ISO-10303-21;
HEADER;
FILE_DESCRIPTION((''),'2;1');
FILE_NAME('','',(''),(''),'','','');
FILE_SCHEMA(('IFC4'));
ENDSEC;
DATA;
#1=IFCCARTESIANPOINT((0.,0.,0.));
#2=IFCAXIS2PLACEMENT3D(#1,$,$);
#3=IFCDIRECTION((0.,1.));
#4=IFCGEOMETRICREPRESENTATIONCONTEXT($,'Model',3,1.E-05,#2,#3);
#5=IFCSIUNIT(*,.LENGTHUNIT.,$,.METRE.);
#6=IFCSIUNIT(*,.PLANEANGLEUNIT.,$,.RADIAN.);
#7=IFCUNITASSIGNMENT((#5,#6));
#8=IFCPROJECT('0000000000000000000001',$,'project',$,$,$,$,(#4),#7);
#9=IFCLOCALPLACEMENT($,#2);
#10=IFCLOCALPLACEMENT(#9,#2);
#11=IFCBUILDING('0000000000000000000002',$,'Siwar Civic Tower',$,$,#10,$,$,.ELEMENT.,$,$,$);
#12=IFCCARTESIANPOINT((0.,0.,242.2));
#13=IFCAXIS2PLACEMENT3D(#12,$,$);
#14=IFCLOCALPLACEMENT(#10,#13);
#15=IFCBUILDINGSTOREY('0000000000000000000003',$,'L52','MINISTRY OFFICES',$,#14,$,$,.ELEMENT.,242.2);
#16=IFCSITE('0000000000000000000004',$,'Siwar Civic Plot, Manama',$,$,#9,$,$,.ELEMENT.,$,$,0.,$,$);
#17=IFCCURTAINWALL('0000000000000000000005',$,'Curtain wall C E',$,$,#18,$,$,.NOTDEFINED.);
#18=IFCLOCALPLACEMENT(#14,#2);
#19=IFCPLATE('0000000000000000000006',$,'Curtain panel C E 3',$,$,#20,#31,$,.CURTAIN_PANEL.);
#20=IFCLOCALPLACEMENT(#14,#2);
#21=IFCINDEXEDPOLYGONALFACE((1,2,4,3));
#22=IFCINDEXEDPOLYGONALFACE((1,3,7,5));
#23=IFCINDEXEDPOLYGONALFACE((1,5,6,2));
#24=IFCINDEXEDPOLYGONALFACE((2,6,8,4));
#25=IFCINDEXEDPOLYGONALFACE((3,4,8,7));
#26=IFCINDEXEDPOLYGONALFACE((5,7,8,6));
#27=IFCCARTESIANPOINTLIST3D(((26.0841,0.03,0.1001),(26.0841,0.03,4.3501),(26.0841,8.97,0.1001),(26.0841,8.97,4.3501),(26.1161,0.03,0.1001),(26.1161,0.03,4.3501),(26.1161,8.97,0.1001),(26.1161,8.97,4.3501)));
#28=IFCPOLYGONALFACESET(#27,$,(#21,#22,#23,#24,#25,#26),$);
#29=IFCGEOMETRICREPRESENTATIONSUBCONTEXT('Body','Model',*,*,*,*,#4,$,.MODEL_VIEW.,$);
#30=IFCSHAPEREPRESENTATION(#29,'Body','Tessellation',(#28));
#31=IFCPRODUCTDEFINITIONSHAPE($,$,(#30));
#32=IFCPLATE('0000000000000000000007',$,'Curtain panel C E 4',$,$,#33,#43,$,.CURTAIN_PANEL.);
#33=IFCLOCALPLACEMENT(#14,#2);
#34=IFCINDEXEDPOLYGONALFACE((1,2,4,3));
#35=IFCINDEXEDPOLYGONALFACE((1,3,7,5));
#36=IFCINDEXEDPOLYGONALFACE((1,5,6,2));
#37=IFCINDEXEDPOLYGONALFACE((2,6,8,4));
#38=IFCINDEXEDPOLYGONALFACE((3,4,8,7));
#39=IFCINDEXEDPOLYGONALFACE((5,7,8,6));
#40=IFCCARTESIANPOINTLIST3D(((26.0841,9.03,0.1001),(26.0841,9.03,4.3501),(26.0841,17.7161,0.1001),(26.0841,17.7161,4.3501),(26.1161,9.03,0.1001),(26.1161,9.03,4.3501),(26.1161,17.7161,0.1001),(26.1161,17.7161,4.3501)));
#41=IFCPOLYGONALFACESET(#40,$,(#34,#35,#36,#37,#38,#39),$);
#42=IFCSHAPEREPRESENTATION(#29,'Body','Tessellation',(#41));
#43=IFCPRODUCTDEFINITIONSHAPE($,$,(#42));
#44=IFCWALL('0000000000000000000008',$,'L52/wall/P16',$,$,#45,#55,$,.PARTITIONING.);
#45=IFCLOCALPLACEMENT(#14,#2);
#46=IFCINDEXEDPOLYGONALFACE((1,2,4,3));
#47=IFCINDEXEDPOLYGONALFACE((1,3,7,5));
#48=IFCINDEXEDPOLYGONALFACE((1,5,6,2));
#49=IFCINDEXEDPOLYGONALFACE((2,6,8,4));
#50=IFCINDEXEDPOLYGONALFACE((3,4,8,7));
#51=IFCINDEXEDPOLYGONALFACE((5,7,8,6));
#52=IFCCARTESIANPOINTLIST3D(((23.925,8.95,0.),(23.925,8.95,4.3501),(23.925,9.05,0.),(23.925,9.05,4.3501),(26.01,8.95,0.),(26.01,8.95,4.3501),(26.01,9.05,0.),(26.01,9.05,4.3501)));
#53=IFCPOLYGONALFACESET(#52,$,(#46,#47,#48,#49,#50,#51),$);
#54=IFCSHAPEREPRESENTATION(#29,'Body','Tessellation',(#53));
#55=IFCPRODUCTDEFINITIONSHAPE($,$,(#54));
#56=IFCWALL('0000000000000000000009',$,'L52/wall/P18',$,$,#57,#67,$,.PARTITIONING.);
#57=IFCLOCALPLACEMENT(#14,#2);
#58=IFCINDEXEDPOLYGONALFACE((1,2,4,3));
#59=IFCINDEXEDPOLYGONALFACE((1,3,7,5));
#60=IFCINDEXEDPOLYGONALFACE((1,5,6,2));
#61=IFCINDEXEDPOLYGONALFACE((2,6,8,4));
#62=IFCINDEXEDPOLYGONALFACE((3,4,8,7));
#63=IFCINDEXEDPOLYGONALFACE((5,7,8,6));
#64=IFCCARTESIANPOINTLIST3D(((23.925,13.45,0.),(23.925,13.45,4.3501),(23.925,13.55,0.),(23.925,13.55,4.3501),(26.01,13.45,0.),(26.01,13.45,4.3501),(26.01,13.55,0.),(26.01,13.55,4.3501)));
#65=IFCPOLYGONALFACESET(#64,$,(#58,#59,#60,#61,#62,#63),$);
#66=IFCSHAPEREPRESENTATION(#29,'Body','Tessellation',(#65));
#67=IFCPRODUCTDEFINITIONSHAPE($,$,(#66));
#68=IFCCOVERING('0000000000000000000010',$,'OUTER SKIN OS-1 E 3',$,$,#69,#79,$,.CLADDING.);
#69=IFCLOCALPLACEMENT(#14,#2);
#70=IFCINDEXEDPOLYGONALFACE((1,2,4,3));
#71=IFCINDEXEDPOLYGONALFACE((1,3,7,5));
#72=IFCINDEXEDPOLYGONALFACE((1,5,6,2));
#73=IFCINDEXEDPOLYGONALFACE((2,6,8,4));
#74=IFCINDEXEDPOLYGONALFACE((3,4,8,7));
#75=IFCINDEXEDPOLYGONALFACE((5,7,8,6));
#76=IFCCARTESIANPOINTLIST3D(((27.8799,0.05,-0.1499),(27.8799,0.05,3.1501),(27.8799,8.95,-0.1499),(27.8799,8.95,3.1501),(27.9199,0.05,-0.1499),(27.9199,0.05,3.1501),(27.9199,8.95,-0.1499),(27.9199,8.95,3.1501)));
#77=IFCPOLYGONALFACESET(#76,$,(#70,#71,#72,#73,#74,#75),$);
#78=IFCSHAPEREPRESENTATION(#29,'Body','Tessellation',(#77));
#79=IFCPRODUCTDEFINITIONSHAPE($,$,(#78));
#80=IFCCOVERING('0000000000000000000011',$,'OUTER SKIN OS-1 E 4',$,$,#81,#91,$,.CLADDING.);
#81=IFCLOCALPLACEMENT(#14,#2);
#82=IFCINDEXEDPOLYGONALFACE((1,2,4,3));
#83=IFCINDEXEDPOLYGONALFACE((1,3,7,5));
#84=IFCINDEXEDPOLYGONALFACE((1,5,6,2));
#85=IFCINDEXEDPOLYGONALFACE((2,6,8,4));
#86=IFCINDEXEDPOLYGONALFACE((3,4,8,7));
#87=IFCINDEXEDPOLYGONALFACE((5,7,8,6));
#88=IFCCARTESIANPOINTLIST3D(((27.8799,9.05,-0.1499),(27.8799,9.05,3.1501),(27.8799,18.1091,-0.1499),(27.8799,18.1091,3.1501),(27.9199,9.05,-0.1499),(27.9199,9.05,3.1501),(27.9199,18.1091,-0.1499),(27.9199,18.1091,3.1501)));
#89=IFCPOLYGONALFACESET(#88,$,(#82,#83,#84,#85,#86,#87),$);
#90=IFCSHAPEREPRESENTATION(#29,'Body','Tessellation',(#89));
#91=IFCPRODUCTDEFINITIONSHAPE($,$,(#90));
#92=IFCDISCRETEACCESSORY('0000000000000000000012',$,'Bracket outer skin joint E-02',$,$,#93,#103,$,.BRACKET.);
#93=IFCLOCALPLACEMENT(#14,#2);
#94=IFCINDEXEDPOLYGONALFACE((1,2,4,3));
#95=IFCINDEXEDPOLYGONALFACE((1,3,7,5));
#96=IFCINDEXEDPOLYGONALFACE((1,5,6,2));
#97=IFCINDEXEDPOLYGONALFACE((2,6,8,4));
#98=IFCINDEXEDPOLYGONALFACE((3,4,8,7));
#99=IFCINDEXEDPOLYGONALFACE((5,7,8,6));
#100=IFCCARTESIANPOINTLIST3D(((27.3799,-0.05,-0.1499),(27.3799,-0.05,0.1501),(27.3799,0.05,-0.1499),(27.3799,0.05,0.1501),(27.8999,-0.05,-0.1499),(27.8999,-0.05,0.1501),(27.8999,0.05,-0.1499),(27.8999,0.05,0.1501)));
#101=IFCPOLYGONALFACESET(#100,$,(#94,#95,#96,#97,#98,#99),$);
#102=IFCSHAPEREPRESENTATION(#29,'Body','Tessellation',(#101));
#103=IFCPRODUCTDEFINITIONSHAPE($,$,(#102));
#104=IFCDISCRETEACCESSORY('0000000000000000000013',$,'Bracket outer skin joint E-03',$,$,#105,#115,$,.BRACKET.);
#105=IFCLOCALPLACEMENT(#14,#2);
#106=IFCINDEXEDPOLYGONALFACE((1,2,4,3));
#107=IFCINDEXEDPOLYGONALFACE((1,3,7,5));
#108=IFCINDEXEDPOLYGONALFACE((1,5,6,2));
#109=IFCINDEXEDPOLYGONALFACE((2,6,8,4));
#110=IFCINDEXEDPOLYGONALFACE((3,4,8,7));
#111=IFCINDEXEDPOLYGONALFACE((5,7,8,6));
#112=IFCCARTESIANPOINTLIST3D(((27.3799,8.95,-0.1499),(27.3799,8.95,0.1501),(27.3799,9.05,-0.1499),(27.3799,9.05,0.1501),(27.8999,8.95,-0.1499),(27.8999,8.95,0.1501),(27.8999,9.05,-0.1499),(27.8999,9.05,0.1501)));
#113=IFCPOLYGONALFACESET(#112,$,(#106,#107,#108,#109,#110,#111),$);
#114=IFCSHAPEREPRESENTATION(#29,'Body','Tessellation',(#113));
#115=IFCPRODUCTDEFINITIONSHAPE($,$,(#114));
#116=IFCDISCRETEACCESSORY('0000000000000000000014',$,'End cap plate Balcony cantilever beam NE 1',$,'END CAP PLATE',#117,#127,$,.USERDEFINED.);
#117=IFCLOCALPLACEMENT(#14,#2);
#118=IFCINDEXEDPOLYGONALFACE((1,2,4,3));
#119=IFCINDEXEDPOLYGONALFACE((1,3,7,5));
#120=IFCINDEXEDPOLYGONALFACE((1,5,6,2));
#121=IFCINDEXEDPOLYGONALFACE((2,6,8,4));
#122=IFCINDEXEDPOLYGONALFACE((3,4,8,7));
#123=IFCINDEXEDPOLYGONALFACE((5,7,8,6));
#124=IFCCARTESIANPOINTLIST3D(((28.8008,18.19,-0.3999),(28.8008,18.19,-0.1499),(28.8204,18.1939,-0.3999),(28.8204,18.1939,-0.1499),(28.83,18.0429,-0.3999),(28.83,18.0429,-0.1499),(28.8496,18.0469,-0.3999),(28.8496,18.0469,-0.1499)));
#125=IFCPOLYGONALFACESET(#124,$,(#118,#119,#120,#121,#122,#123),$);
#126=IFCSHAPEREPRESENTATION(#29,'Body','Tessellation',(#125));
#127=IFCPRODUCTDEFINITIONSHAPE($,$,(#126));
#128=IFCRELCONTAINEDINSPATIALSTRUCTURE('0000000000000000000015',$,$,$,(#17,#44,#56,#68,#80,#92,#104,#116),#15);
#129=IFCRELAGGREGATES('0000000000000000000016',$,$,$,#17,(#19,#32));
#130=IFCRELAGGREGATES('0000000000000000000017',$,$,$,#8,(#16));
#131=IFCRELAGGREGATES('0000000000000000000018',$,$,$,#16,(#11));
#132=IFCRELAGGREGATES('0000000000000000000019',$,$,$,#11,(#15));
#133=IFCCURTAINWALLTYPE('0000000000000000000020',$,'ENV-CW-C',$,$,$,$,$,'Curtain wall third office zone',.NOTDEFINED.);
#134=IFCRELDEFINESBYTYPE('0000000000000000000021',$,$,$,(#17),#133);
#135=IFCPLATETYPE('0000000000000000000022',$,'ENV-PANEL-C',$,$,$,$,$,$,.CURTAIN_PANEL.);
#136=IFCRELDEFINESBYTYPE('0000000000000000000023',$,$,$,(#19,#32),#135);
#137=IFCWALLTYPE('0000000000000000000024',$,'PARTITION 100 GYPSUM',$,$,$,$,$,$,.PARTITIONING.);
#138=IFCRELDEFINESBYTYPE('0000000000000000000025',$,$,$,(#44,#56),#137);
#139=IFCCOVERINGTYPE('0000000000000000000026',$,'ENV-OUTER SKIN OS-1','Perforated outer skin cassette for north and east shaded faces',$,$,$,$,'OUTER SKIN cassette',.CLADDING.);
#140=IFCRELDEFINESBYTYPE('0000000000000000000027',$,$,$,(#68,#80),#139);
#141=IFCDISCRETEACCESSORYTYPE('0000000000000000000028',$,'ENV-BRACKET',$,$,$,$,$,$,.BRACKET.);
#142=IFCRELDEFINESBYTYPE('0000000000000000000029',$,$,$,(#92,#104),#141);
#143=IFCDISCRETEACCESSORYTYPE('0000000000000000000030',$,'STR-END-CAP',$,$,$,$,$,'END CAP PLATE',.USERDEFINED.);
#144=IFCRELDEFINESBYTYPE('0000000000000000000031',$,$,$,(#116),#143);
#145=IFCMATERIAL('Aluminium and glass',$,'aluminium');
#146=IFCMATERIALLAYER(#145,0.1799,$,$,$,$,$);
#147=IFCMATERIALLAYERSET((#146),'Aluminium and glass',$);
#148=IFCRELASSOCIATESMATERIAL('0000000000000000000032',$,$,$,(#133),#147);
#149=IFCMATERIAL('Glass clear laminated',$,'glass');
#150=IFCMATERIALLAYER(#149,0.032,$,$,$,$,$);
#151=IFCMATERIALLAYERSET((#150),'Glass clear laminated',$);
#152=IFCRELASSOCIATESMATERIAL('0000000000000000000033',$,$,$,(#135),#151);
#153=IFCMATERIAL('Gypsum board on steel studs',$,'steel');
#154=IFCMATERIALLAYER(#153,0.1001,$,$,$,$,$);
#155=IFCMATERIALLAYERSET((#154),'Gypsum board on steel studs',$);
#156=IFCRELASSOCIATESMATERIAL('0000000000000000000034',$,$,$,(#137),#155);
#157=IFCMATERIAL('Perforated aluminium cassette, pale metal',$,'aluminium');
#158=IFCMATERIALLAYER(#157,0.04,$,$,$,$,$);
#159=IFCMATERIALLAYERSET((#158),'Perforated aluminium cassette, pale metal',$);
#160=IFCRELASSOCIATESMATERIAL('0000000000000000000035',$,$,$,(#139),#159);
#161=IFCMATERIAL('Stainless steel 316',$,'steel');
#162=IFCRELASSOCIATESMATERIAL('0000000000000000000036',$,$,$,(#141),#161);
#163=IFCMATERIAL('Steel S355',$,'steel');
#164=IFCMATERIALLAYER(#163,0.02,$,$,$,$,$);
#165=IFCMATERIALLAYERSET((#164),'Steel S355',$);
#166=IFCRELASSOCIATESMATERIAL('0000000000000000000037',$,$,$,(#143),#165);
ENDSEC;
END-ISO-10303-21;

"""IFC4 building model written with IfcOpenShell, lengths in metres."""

from ifc_helpers import new_model, si_unit, direction, frame, frame_2d, origin, origin_2d, place, context, subcontext, project, spatial, rectangle, extrude, material, layer, layer_set, type_object, element, aggregate, save


model = new_model("IFC4")

# Units and contexts
model_context = context("Model", 3, precision=1e-05, world=origin(), true_north=direction((0.0, 1.0)))
body_context = subcontext(model_context, "Body", "Model", "MODEL_VIEW")
ifc_project = project(units=[si_unit("LENGTHUNIT", "METRE"), si_unit("PLANEANGLEUNIT", "RADIAN")], contexts=[model_context])

# Site, building, storey
site_placement = place(None, origin())
site = spatial("IfcSite", under=ifc_project, at=site_placement, Name="Siwar Civic Plot, Manama", CompositionType="ELEMENT", RefElevation=0.0)
building_placement = place(site_placement, origin())
building = spatial("IfcBuilding", under=site, at=building_placement, Name="Siwar Civic Tower", CompositionType="ELEMENT")
storey_placement = place(building_placement, frame((0.0, 0.0, 242.2)))
storey = spatial("IfcBuildingStorey", under=building, at=storey_placement, Name="L52", Description="MINISTRY OFFICES", CompositionType="ELEMENT", Elevation=242.2)

# Curtain wall
ifc_material_1 = material(Name="Aluminium and glass", Category="aluminium")
ifc_layer_1 = layer(ifc_material_1, 0.1799)
ifc_layer_set_1 = layer_set([ifc_layer_1], Name="Aluminium and glass")
curtain_wall_type_1 = type_object("IfcCurtainWallType", Name="ENV-CW-C", ElementType="Curtain wall third office zone", PredefinedType="NOTDEFINED", material=ifc_layer_set_1)
curtain_wall_1_placement = place(storey_placement, origin())
curtain_wall_1 = element("IfcCurtainWall", 1, at=curtain_wall_1_placement, inside=storey, type_object=curtain_wall_type_1, Name="Curtain wall C E", PredefinedType="NOTDEFINED")

# Plates
ifc_material_2 = material(Name="Glass clear laminated", Category="glass")
ifc_layer_2 = layer(ifc_material_2, 0.032)
ifc_layer_set_2 = layer_set([ifc_layer_2], Name="Glass clear laminated")
plate_type = type_object("IfcPlateType", Name="ENV-PANEL-C", PredefinedType="CURTAIN_PANEL", material=ifc_layer_set_2)
plate_1_placement = place(storey_placement, frame((26.1001, 4.5, 0.1001), z_axis=(0.0, 0.0, 1.0), x_axis=(0.0, 1.0, 0.0)))
plate_1 = element("IfcPlate", 2, at=plate_1_placement, type_object=plate_type, Name="Curtain panel C E 3", PredefinedType="CURTAIN_PANEL", context=body_context, shape_type="SweptSolid", body=[
    extrude(rectangle(XDim=8.9399, YDim=0.032, at=origin_2d()), origin(), (0.0, 0.0, 1.0), 4.25),
])
plate_2_placement = place(storey_placement, frame((26.1001, 13.373, 0.1001), z_axis=(0.0, 0.0, 1.0), x_axis=(0.0, 1.0, 0.0)))
plate_2 = element("IfcPlate", 3, at=plate_2_placement, type_object=plate_type, Name="Curtain panel C E 4", PredefinedType="CURTAIN_PANEL", context=body_context, shape_type="SweptSolid", body=[
    extrude(rectangle(XDim=8.686, YDim=0.032, at=origin_2d()), origin(), (0.0, 0.0, 1.0), 4.25),
])
aggregate(curtain_wall_1, [plate_1, plate_2])

# Walls
ifc_material_3 = material(Name="Gypsum board on steel studs", Category="steel")
ifc_layer_3 = layer(ifc_material_3, 0.1001)
ifc_layer_set_3 = layer_set([ifc_layer_3], Name="Gypsum board on steel studs")
wall_type = type_object("IfcWallType", Name="PARTITION 100 GYPSUM", PredefinedType="PARTITIONING", material=ifc_layer_set_3)
for number, where, z_axis, x_axis, name in (
    (4, (23.925, 9.0, 0.0), (0.0, 0.0, 1.0), (1.0, 0.0, 0.0), "L52/wall/P16"),
    (5, (23.925, 13.5, 0.0), (0.0, 0.0, 1.0), (1.0, 0.0, 0.0), "L52/wall/P18"),
):
    element("IfcWall", number, at=place(storey_placement, frame(where, z_axis=z_axis, x_axis=x_axis)), inside=storey, type_object=wall_type, Name=name, PredefinedType="PARTITIONING", context=body_context, shape_type="SweptSolid", body=[
        extrude(rectangle(XDim=2.085, YDim=0.1001, at=frame_2d((1.0425, 0.0))), origin(), (0.0, 0.0, 1.0), 4.3501),
    ])

# Coverings
ifc_material_4 = material(Name="Perforated aluminium cassette, pale metal", Category="aluminium")
ifc_layer_4 = layer(ifc_material_4, 0.04)
ifc_layer_set_4 = layer_set([ifc_layer_4], Name="Perforated aluminium cassette, pale metal")
covering_type = type_object("IfcCoveringType", Name="ENV-OUTER SKIN OS-1", Description="Perforated outer skin cassette for north and east shaded faces", ElementType="OUTER SKIN cassette", PredefinedType="CLADDING", material=ifc_layer_set_4)
covering_1_placement = place(storey_placement, frame((27.8999, 4.5, -0.1499), z_axis=(0.0, 0.0, 1.0), x_axis=(0.0, 1.0, 0.0)))
element("IfcCovering", 6, at=covering_1_placement, inside=storey, type_object=covering_type, Name="OUTER SKIN OS-1 E 3", PredefinedType="CLADDING", context=body_context, shape_type="SweptSolid", body=[
    extrude(rectangle(XDim=8.8999, YDim=0.04, at=origin_2d()), origin(), (0.0, 0.0, 1.0), 3.3),
])
covering_2_placement = place(storey_placement, frame((27.8999, 13.5796, -0.1499), z_axis=(0.0, 0.0, 1.0), x_axis=(0.0, 1.0, 0.0)))
element("IfcCovering", 7, at=covering_2_placement, inside=storey, type_object=covering_type, Name="OUTER SKIN OS-1 E 4", PredefinedType="CLADDING", context=body_context, shape_type="SweptSolid", body=[
    extrude(rectangle(XDim=9.0591, YDim=0.04, at=origin_2d()), origin(), (0.0, 0.0, 1.0), 3.3),
])

# Discrete accessories
ifc_material_5 = material(Name="Stainless steel 316", Category="steel")
discrete_accessory_type_1 = type_object("IfcDiscreteAccessoryType", Name="ENV-BRACKET", PredefinedType="BRACKET", material=ifc_material_5)
for number, where, z_axis, x_axis, name in (
    (8, (27.6399, 0.0, -0.1499), (0.0, 0.0, 1.0), (1.0, 0.0, 0.0), "Bracket outer skin joint E-02"),
    (9, (27.6399, 9.0, -0.1499), (0.0, 0.0, 1.0), (1.0, 0.0, 0.0), "Bracket outer skin joint E-03"),
):
    element("IfcDiscreteAccessory", number, at=place(storey_placement, frame(where, z_axis=z_axis, x_axis=x_axis)), inside=storey, type_object=discrete_accessory_type_1, Name=name, PredefinedType="BRACKET", context=body_context, shape_type="SweptSolid", body=[
        extrude(rectangle(XDim=0.52, YDim=0.1001, at=origin_2d()), origin(), (0.0, 0.0, 1.0), 0.3),
    ])
ifc_material_6 = material(Name="Steel S355", Category="steel")
ifc_layer_5 = layer(ifc_material_6, 0.02)
ifc_layer_set_5 = layer_set([ifc_layer_5], Name="Steel S355")
discrete_accessory_type_2 = type_object("IfcDiscreteAccessoryType", Name="STR-END-CAP", ElementType="END CAP PLATE", PredefinedType="USERDEFINED", material=ifc_layer_set_5)
discrete_accessory_placement = place(storey_placement, frame((28.8252, 18.1184, -0.3999), z_axis=(0.0, 0.0, 1.0), x_axis=(0.980785, 0.19509, 0.0)))
element("IfcDiscreteAccessory", 10, at=discrete_accessory_placement, inside=storey, type_object=discrete_accessory_type_2, Name="End cap plate Balcony cantilever beam NE 1", ObjectType="END CAP PLATE", PredefinedType="USERDEFINED", context=body_context, shape_type="SweptSolid", body=[
    extrude(rectangle(XDim=0.02, YDim=0.1499, at=origin_2d()), origin(), (0.0, 0.0, 1.0), 0.25),
])

save(model, "model.ifc")
